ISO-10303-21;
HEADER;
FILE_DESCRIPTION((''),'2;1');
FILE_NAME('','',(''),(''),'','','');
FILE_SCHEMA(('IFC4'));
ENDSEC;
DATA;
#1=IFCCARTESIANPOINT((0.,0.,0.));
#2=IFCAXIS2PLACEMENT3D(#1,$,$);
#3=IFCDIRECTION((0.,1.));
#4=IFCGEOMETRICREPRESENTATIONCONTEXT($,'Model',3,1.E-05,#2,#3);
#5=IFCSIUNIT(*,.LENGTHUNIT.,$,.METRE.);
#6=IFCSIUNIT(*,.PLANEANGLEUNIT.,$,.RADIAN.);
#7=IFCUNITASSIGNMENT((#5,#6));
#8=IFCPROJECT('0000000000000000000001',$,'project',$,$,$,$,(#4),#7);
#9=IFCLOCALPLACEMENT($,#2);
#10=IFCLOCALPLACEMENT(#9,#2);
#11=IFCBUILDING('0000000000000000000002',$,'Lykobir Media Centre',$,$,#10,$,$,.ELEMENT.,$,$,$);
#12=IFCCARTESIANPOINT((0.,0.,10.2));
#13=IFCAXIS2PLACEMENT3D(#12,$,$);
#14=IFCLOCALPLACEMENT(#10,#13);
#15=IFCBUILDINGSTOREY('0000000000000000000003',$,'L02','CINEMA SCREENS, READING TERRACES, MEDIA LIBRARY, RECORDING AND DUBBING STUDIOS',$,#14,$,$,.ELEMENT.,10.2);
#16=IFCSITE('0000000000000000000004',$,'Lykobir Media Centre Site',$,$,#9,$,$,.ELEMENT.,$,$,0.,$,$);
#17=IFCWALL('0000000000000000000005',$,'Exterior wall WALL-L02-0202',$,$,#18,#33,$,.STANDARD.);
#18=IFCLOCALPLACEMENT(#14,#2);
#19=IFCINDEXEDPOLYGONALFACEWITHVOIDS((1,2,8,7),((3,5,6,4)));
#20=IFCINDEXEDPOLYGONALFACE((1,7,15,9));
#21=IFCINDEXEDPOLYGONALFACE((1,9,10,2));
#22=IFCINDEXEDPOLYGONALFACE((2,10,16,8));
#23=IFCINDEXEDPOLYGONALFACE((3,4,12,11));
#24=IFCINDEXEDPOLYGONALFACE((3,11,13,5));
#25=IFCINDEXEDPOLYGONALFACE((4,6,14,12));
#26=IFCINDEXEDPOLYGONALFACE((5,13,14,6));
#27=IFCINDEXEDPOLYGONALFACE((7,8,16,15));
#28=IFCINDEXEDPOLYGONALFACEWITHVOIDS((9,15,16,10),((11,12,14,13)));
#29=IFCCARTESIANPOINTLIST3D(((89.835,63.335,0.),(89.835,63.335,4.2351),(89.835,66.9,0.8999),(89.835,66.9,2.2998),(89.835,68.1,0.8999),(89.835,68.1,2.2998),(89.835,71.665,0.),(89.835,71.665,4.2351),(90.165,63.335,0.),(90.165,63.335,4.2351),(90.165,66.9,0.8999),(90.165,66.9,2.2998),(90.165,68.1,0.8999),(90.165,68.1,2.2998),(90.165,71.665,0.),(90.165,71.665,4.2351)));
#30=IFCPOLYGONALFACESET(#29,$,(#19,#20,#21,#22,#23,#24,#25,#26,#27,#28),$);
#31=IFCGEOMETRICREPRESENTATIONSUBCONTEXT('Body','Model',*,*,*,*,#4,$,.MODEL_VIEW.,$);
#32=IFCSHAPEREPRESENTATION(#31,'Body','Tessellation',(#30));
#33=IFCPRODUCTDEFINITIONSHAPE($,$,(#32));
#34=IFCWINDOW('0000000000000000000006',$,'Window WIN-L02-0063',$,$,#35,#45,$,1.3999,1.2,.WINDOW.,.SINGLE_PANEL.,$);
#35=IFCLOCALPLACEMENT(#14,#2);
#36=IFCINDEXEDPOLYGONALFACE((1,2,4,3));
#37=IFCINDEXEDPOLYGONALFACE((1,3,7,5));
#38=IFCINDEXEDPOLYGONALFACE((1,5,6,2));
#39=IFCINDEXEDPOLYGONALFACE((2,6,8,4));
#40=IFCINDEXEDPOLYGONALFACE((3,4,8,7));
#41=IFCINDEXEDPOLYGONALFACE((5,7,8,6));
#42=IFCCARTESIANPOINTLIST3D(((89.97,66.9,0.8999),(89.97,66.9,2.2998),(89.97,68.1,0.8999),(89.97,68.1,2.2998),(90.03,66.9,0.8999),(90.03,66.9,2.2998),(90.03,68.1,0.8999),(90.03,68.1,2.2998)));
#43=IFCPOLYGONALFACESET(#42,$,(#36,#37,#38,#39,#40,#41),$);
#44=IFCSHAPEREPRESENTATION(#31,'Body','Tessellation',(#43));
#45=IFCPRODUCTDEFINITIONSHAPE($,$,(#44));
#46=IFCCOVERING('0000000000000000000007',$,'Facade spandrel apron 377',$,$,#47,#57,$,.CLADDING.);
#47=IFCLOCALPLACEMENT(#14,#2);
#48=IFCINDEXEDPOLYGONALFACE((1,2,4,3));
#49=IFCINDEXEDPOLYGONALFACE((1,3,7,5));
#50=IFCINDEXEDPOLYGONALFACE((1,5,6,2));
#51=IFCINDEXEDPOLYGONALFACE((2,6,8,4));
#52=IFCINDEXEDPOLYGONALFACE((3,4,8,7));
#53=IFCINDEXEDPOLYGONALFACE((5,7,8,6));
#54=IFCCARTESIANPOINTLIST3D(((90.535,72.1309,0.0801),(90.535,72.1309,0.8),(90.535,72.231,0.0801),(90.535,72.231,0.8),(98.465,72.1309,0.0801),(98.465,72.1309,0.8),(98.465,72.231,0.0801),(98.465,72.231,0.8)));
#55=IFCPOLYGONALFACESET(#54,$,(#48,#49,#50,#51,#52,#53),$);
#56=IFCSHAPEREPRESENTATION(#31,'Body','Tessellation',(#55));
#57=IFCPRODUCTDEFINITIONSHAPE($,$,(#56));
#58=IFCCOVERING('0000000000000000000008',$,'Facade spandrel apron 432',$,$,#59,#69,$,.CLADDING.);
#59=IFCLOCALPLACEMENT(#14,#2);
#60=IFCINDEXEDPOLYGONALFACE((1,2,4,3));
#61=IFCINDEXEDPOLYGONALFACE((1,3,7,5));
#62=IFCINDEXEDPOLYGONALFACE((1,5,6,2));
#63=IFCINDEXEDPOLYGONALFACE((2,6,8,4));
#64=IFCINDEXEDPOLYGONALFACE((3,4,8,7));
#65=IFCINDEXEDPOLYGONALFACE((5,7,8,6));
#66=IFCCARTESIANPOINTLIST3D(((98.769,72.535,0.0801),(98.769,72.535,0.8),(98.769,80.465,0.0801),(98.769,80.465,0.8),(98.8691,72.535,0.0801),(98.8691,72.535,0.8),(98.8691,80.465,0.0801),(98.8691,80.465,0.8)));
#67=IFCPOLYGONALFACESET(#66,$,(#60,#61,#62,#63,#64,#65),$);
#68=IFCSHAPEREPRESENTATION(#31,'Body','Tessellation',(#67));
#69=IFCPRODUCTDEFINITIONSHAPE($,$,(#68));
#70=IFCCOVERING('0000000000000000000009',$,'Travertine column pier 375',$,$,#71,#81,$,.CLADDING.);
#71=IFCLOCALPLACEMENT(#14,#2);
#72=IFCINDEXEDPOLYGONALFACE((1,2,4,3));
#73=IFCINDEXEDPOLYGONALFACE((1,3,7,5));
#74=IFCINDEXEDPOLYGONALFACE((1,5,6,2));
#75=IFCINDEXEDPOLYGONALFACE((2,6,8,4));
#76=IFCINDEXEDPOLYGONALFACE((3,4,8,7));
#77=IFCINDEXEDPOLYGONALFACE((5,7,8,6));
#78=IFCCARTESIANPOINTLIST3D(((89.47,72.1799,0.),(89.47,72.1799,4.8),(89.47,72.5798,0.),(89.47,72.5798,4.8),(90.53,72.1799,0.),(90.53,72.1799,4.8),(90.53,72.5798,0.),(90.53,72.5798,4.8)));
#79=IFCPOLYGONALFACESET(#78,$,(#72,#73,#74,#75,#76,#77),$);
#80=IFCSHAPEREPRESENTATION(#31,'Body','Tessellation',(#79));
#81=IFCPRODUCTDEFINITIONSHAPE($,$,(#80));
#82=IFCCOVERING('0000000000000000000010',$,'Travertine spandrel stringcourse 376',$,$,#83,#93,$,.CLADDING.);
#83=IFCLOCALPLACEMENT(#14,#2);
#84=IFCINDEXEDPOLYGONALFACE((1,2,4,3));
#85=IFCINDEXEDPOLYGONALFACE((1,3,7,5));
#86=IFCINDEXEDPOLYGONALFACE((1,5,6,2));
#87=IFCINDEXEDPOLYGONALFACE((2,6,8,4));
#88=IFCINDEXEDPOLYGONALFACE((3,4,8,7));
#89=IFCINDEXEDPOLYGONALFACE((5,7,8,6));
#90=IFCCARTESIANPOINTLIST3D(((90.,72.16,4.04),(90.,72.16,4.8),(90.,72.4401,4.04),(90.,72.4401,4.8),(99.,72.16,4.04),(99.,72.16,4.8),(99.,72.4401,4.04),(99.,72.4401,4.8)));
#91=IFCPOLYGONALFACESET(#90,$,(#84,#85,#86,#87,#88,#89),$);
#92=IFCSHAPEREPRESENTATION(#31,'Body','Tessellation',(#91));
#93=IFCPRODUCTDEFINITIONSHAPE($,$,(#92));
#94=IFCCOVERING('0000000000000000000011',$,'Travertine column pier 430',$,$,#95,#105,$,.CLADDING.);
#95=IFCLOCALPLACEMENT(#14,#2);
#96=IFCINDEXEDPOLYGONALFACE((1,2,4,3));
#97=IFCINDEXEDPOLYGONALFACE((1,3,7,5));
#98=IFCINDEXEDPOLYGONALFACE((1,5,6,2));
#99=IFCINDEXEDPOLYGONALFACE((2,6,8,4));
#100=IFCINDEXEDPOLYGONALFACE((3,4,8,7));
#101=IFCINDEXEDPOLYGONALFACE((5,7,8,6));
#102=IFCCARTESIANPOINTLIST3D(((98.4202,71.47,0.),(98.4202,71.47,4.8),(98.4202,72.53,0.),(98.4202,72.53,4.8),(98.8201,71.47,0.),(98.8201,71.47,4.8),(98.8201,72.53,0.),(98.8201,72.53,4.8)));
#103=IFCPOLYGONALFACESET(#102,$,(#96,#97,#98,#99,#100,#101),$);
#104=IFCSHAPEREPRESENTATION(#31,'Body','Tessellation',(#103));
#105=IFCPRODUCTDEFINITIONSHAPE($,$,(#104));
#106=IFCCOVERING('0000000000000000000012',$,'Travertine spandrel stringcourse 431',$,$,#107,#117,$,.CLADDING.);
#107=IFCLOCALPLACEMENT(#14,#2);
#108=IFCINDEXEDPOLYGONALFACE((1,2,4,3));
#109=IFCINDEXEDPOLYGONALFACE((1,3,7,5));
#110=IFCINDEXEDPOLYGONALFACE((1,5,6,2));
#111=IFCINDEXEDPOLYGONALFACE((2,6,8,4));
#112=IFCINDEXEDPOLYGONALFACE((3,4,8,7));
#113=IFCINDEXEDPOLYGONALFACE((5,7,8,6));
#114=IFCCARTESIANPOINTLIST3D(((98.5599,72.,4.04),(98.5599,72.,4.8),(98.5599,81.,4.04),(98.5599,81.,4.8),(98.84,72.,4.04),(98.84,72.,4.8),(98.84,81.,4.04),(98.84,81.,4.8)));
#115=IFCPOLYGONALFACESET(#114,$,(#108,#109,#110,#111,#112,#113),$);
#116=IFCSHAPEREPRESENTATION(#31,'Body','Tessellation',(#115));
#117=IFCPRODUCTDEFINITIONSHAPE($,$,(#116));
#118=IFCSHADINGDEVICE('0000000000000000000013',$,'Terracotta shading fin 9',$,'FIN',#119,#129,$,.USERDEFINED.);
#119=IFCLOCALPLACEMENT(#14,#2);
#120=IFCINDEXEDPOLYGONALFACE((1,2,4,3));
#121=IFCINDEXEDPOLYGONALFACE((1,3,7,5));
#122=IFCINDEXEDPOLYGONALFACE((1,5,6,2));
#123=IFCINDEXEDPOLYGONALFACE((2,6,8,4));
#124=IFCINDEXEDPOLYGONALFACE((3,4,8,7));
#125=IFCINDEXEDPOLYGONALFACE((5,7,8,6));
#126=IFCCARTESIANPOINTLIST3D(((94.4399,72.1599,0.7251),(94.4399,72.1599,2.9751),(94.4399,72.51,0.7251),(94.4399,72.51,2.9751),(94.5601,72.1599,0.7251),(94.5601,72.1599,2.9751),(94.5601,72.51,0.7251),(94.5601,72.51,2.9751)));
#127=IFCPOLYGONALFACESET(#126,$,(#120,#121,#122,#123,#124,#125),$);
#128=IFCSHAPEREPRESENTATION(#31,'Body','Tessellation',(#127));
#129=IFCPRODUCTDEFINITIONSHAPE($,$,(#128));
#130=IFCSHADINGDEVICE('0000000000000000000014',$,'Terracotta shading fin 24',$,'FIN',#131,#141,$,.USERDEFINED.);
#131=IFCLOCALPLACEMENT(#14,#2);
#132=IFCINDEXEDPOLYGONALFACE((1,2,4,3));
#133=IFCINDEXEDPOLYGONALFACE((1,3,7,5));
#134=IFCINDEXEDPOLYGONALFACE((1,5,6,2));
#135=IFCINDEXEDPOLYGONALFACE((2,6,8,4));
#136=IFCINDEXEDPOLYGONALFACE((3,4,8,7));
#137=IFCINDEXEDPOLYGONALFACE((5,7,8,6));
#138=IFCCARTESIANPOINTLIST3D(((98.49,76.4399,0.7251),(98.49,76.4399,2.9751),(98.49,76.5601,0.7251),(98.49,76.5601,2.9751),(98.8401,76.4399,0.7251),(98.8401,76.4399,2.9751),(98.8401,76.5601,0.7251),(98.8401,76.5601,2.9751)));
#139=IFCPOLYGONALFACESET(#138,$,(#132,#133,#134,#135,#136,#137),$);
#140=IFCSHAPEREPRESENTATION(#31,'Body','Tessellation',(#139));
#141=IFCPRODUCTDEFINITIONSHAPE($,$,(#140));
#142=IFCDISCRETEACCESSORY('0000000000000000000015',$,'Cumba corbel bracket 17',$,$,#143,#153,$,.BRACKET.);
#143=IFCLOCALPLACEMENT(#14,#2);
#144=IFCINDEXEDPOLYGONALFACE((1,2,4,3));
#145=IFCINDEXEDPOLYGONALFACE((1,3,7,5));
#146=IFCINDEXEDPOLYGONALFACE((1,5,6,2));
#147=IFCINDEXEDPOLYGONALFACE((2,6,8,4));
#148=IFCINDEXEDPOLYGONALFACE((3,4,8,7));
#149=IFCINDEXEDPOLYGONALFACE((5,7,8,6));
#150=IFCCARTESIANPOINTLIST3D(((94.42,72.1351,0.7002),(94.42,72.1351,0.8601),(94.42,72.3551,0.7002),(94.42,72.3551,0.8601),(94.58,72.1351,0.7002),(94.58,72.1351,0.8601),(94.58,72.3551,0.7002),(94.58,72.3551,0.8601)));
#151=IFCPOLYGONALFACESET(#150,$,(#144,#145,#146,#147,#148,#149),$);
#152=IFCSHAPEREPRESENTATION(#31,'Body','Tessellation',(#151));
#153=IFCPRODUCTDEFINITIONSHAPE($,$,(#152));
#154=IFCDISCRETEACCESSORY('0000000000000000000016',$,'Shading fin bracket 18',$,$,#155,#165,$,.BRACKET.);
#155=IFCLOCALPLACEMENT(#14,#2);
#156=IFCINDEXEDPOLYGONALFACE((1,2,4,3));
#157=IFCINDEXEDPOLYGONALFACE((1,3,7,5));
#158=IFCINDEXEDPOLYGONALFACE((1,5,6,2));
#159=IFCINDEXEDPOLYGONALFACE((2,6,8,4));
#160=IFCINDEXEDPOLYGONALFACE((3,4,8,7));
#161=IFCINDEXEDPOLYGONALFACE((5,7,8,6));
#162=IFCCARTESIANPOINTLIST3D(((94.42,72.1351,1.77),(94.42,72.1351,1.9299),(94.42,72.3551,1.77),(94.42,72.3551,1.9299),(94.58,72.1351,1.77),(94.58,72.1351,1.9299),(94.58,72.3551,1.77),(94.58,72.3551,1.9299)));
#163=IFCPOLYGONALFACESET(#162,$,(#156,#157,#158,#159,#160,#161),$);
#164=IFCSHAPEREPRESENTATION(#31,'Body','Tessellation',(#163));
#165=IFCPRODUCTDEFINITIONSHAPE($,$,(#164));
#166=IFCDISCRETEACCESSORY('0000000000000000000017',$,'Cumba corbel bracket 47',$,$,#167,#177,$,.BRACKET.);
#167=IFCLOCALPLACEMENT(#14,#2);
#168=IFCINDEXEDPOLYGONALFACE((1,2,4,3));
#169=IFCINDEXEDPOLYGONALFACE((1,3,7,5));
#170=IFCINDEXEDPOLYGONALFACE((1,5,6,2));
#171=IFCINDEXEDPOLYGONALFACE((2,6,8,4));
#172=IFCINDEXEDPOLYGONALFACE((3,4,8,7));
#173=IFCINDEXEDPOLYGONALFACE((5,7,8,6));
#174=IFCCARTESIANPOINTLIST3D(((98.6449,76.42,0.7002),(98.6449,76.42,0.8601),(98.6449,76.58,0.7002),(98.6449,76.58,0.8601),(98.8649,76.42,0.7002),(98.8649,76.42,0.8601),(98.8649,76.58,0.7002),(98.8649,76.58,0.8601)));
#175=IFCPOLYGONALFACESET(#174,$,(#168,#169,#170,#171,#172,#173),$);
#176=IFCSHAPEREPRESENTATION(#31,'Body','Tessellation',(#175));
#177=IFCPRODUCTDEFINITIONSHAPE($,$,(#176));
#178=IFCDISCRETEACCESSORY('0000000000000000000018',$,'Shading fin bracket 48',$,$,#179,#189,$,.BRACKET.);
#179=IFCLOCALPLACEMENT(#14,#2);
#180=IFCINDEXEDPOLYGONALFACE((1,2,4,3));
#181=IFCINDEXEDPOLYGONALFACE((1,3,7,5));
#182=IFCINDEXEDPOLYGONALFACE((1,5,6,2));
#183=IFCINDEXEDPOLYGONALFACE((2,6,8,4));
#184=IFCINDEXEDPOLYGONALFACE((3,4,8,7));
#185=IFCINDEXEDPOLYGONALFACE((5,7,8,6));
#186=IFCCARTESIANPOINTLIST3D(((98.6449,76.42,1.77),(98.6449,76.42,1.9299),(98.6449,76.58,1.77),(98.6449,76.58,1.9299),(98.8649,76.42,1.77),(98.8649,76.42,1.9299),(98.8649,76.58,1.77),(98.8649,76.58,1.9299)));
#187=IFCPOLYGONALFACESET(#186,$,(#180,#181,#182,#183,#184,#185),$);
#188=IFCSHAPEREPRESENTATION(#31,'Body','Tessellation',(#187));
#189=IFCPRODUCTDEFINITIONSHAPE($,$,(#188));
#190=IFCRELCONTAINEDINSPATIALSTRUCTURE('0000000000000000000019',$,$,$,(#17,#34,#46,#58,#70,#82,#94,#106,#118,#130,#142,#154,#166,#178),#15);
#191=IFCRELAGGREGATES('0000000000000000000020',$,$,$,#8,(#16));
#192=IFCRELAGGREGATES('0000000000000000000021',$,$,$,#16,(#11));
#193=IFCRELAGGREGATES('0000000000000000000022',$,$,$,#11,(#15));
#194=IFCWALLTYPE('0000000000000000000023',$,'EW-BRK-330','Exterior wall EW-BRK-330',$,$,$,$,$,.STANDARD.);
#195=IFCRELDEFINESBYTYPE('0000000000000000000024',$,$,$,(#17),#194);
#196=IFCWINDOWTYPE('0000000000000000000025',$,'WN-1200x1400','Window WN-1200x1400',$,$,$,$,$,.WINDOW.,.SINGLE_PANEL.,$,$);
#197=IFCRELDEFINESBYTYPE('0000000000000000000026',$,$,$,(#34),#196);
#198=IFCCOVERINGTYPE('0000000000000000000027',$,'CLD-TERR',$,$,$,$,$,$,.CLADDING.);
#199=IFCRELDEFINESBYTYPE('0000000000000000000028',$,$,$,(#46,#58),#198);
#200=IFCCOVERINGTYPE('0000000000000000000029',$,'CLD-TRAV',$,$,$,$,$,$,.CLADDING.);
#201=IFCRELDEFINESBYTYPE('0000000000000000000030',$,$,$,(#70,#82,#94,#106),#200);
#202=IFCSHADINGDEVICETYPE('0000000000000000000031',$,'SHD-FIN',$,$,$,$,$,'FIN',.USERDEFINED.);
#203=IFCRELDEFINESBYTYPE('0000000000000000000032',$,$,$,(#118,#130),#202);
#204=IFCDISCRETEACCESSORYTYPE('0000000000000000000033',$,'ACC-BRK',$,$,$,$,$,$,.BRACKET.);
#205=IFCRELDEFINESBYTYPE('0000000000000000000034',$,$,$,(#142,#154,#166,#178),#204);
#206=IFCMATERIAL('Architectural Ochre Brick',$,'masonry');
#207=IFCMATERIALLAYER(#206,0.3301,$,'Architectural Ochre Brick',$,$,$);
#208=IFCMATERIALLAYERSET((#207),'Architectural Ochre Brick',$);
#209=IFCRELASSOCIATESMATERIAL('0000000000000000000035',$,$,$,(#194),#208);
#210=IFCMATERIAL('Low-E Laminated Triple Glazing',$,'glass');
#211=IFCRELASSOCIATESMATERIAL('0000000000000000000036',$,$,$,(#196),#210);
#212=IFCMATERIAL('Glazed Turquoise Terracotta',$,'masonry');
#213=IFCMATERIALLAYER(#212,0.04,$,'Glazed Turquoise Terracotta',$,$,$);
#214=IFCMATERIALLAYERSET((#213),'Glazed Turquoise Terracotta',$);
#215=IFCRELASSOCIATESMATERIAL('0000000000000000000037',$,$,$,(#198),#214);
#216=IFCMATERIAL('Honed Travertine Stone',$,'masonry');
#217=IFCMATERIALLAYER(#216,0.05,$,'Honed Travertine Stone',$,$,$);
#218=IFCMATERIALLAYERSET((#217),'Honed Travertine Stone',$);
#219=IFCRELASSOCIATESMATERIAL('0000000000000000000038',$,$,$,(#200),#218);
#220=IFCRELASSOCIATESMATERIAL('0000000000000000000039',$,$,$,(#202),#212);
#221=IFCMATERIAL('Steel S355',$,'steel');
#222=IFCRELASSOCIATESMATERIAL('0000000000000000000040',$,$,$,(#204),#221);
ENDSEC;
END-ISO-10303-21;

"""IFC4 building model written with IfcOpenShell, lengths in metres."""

from ifc_helpers import new_model, si_unit, direction, frame, frame_2d, origin, origin_2d, place, context, subcontext, project, spatial, rectangle, extrude, material, layer, layer_set, type_object, element, fill, save


model = new_model("IFC4")

# Units and contexts
model_context = context("Model", 3, precision=1e-05, world=origin(), true_north=direction((0.0, 1.0)))
body_context = subcontext(model_context, "Body", "Model", "MODEL_VIEW")
ifc_project = project(units=[si_unit("LENGTHUNIT", "METRE"), si_unit("PLANEANGLEUNIT", "RADIAN")], contexts=[model_context])

# Site, building, storey
site_placement = place(None, origin())
site = spatial("IfcSite", under=ifc_project, at=site_placement, Name="Lykobir Media Centre Site", CompositionType="ELEMENT", RefElevation=0.0)
building_placement = place(site_placement, origin())
building = spatial("IfcBuilding", under=site, at=building_placement, Name="Lykobir Media Centre", CompositionType="ELEMENT")
storey_placement = place(building_placement, frame((0.0, 0.0, 10.2)))
storey = spatial("IfcBuildingStorey", under=building, at=storey_placement, Name="L02", Description="CINEMA SCREENS, READING TERRACES, MEDIA LIBRARY, RECORDING AND DUBBING STUDIOS", CompositionType="ELEMENT", Elevation=10.2)

# Shared definitions
ifc_material_1 = material(Name="Steel S355", Category="steel")

# Shared definitions
ifc_material_2 = material(Name="Low-E Laminated Triple Glazing", Category="glass")
ifc_material_3 = material(Name="Glazed Turquoise Terracotta", Category="masonry")

# Wall, opening, window
ifc_material_4 = material(Name="Architectural Ochre Brick", Category="masonry")
ifc_layer_1 = layer(ifc_material_4, 0.3301, Name="Architectural Ochre Brick")
ifc_layer_set_1 = layer_set([ifc_layer_1], Name="Architectural Ochre Brick")
wall_type = type_object("IfcWallType", Name="EW-BRK-330", Description="Exterior wall EW-BRK-330", PredefinedType="STANDARD", material=ifc_layer_set_1)
wall_1_placement = place(storey_placement, frame((90.0, 71.665, 0.0), z_axis=(0.0, 0.0, 1.0), x_axis=(0.0, -1.0, 0.0)))
wall_1 = element("IfcWall", 1, at=wall_1_placement, inside=storey, type_object=wall_type, Name="Exterior wall WALL-L02-0202", PredefinedType="STANDARD", context=body_context, shape_type="SweptSolid", body=[
    extrude(rectangle(XDim=8.3301, YDim=0.3301, at=frame_2d((4.165, 0.0))), origin(), (0.0, 0.0, 1.0), 4.2351),
])
opening_1_placement = place(wall_1_placement, frame((3.5649, 0.0, 0.8999)))
opening_1 = element("IfcOpeningElement", 2, at=opening_1_placement, cuts=wall_1, PredefinedType="OPENING", context=body_context, shape_type="SweptSolid", body=[
    extrude(rectangle(XDim=1.2, YDim=1.3999, at=frame_2d((0.6001, 0.7))), frame((0.0, 0.175, 0.0), z_axis=(0.0, -1.0, 0.0), x_axis=(1.0, 0.0, 0.0)), (0.0, 0.0, 1.0), 0.3501),
])
window_type_1 = type_object("IfcWindowType", Name="WN-1200x1400", Description="Window WN-1200x1400", PartitioningType="SINGLE_PANEL", PredefinedType="WINDOW", material=ifc_material_2)
window_1_placement = place(opening_1_placement, origin())
window_1 = element("IfcWindow", 3, at=window_1_placement, inside=storey, type_object=window_type_1, Name="Window WIN-L02-0063", OverallHeight=1.3999, OverallWidth=1.2, PartitioningType="SINGLE_PANEL", PredefinedType="WINDOW", context=body_context, shape_type="SweptSolid", body=[
    extrude(rectangle(XDim=1.2, YDim=1.3999, at=frame_2d((0.6001, 0.7))), frame((0.0, 0.03, 0.0), z_axis=(0.0, -1.0, 0.0), x_axis=(1.0, 0.0, 0.0)), (0.0, 0.0, 1.0), 0.0601),
])
fill(opening_1, window_1)

# Coverings
ifc_layer_2 = layer(ifc_material_3, 0.04, Name="Glazed Turquoise Terracotta")
ifc_layer_set_2 = layer_set([ifc_layer_2], Name="Glazed Turquoise Terracotta")
covering_type_1 = type_object("IfcCoveringType", Name="CLD-TERR", PredefinedType="CLADDING", material=ifc_layer_set_2)
for number, where, z_axis, x_axis, name in (
    (4, (94.5, 72.1809, 0.0801), (0.0, 0.0, 1.0), (-1.0, 0.0, 0.0), "Facade spandrel apron 377"),
    (5, (98.8191, 76.5, 0.0801), (0.0, 0.0, 1.0), (0.0, -1.0, 0.0), "Facade spandrel apron 432"),
):
    element("IfcCovering", number, at=place(storey_placement, frame(where, z_axis=z_axis, x_axis=x_axis)), inside=storey, type_object=covering_type_1, Name=name, PredefinedType="CLADDING", context=body_context, shape_type="SweptSolid", body=[
        extrude(rectangle(XDim=7.9299, YDim=0.1001, at=origin_2d()), origin(), (0.0, 0.0, 1.0), 0.72),
    ])
ifc_material_5 = material(Name="Honed Travertine Stone", Category="masonry")
ifc_layer_3 = layer(ifc_material_5, 0.05, Name="Honed Travertine Stone")
ifc_layer_set_3 = layer_set([ifc_layer_3], Name="Honed Travertine Stone")
covering_type_2 = type_object("IfcCoveringType", Name="CLD-TRAV", PredefinedType="CLADDING", material=ifc_layer_set_3)
covering_1_placement = place(storey_placement, frame((90.0, 72.3799, 0.0), z_axis=(0.0, 0.0, 1.0), x_axis=(-1.0, 0.0, 0.0)))
element("IfcCovering", 6, at=covering_1_placement, inside=storey, type_object=covering_type_2, Name="Travertine column pier 375", PredefinedType="CLADDING", context=body_context, shape_type="SweptSolid", body=[
    extrude(rectangle(XDim=1.0601, YDim=0.3999, at=origin_2d()), origin(), (0.0, 0.0, 1.0), 4.8),
])
covering_2_placement = place(storey_placement, frame((94.5, 72.3, 4.04), z_axis=(0.0, 0.0, 1.0), x_axis=(-1.0, 0.0, 0.0)))
element("IfcCovering", 7, at=covering_2_placement, inside=storey, type_object=covering_type_2, Name="Travertine spandrel stringcourse 376", PredefinedType="CLADDING", context=body_context, shape_type="SweptSolid", body=[
    extrude(rectangle(XDim=9.0, YDim=0.28, at=origin_2d()), origin(), (0.0, 0.0, 1.0), 0.76),
])
covering_3_placement = place(storey_placement, frame((98.6201, 72.0, 0.0), z_axis=(0.0, 0.0, 1.0), x_axis=(0.0, -1.0, 0.0)))
element("IfcCovering", 8, at=covering_3_placement, inside=storey, type_object=covering_type_2, Name="Travertine column pier 430", PredefinedType="CLADDING", context=body_context, shape_type="SweptSolid", body=[
    extrude(rectangle(XDim=1.0601, YDim=0.3999, at=origin_2d()), origin(), (0.0, 0.0, 1.0), 4.8),
])
covering_4_placement = place(storey_placement, frame((98.7, 76.5, 4.04), z_axis=(0.0, 0.0, 1.0), x_axis=(0.0, -1.0, 0.0)))
element("IfcCovering", 9, at=covering_4_placement, inside=storey, type_object=covering_type_2, Name="Travertine spandrel stringcourse 431", PredefinedType="CLADDING", context=body_context, shape_type="SweptSolid", body=[
    extrude(rectangle(XDim=9.0, YDim=0.28, at=origin_2d()), origin(), (0.0, 0.0, 1.0), 0.76),
])

# Shading devices
shading_device_type = type_object("IfcShadingDeviceType", Name="SHD-FIN", ElementType="FIN", PredefinedType="USERDEFINED", material=ifc_material_3)
for number, where, z_axis, x_axis, name in (
    (10, (94.5, 72.335, 0.7251), (0.0, 0.0, 1.0), (-1.0, 0.0, 0.0), "Terracotta shading fin 9"),
    (11, (98.665, 76.5, 0.7251), (0.0, 0.0, 1.0), (0.0, -1.0, 0.0), "Terracotta shading fin 24"),
):
    element("IfcShadingDevice", number, at=place(storey_placement, frame(where, z_axis=z_axis, x_axis=x_axis)), inside=storey, type_object=shading_device_type, Name=name, ObjectType="FIN", PredefinedType="USERDEFINED", context=body_context, shape_type="SweptSolid", body=[
        extrude(rectangle(XDim=0.1201, YDim=0.3501, at=origin_2d()), origin(), (0.0, 0.0, 1.0), 2.25),
    ])

# Discrete accessories
discrete_accessory_type = type_object("IfcDiscreteAccessoryType", Name="ACC-BRK", PredefinedType="BRACKET", material=ifc_material_1)
for number, where, z_axis, x_axis, name in (
    (12, (94.5, 72.2451, 0.7002), (0.0, 0.0, 1.0), (-1.0, 0.0, 0.0), "Cumba corbel bracket 17"),
    (13, (94.5, 72.2451, 1.77), (0.0, 0.0, 1.0), (-1.0, 0.0, 0.0), "Shading fin bracket 18"),
    (14, (98.7549, 76.5, 0.7002), (0.0, 0.0, 1.0), (0.0, -1.0, 0.0), "Cumba corbel bracket 47"),
    (15, (98.7549, 76.5, 1.77), (0.0, 0.0, 1.0), (0.0, -1.0, 0.0), "Shading fin bracket 48"),
):
    element("IfcDiscreteAccessory", number, at=place(storey_placement, frame(where, z_axis=z_axis, x_axis=x_axis)), inside=storey, type_object=discrete_accessory_type, Name=name, PredefinedType="BRACKET", context=body_context, shape_type="SweptSolid", body=[
        extrude(rectangle(XDim=0.1599, YDim=0.22, at=origin_2d()), origin(), (0.0, 0.0, 1.0), 0.1599),
    ])

save(model, "model.ifc")
